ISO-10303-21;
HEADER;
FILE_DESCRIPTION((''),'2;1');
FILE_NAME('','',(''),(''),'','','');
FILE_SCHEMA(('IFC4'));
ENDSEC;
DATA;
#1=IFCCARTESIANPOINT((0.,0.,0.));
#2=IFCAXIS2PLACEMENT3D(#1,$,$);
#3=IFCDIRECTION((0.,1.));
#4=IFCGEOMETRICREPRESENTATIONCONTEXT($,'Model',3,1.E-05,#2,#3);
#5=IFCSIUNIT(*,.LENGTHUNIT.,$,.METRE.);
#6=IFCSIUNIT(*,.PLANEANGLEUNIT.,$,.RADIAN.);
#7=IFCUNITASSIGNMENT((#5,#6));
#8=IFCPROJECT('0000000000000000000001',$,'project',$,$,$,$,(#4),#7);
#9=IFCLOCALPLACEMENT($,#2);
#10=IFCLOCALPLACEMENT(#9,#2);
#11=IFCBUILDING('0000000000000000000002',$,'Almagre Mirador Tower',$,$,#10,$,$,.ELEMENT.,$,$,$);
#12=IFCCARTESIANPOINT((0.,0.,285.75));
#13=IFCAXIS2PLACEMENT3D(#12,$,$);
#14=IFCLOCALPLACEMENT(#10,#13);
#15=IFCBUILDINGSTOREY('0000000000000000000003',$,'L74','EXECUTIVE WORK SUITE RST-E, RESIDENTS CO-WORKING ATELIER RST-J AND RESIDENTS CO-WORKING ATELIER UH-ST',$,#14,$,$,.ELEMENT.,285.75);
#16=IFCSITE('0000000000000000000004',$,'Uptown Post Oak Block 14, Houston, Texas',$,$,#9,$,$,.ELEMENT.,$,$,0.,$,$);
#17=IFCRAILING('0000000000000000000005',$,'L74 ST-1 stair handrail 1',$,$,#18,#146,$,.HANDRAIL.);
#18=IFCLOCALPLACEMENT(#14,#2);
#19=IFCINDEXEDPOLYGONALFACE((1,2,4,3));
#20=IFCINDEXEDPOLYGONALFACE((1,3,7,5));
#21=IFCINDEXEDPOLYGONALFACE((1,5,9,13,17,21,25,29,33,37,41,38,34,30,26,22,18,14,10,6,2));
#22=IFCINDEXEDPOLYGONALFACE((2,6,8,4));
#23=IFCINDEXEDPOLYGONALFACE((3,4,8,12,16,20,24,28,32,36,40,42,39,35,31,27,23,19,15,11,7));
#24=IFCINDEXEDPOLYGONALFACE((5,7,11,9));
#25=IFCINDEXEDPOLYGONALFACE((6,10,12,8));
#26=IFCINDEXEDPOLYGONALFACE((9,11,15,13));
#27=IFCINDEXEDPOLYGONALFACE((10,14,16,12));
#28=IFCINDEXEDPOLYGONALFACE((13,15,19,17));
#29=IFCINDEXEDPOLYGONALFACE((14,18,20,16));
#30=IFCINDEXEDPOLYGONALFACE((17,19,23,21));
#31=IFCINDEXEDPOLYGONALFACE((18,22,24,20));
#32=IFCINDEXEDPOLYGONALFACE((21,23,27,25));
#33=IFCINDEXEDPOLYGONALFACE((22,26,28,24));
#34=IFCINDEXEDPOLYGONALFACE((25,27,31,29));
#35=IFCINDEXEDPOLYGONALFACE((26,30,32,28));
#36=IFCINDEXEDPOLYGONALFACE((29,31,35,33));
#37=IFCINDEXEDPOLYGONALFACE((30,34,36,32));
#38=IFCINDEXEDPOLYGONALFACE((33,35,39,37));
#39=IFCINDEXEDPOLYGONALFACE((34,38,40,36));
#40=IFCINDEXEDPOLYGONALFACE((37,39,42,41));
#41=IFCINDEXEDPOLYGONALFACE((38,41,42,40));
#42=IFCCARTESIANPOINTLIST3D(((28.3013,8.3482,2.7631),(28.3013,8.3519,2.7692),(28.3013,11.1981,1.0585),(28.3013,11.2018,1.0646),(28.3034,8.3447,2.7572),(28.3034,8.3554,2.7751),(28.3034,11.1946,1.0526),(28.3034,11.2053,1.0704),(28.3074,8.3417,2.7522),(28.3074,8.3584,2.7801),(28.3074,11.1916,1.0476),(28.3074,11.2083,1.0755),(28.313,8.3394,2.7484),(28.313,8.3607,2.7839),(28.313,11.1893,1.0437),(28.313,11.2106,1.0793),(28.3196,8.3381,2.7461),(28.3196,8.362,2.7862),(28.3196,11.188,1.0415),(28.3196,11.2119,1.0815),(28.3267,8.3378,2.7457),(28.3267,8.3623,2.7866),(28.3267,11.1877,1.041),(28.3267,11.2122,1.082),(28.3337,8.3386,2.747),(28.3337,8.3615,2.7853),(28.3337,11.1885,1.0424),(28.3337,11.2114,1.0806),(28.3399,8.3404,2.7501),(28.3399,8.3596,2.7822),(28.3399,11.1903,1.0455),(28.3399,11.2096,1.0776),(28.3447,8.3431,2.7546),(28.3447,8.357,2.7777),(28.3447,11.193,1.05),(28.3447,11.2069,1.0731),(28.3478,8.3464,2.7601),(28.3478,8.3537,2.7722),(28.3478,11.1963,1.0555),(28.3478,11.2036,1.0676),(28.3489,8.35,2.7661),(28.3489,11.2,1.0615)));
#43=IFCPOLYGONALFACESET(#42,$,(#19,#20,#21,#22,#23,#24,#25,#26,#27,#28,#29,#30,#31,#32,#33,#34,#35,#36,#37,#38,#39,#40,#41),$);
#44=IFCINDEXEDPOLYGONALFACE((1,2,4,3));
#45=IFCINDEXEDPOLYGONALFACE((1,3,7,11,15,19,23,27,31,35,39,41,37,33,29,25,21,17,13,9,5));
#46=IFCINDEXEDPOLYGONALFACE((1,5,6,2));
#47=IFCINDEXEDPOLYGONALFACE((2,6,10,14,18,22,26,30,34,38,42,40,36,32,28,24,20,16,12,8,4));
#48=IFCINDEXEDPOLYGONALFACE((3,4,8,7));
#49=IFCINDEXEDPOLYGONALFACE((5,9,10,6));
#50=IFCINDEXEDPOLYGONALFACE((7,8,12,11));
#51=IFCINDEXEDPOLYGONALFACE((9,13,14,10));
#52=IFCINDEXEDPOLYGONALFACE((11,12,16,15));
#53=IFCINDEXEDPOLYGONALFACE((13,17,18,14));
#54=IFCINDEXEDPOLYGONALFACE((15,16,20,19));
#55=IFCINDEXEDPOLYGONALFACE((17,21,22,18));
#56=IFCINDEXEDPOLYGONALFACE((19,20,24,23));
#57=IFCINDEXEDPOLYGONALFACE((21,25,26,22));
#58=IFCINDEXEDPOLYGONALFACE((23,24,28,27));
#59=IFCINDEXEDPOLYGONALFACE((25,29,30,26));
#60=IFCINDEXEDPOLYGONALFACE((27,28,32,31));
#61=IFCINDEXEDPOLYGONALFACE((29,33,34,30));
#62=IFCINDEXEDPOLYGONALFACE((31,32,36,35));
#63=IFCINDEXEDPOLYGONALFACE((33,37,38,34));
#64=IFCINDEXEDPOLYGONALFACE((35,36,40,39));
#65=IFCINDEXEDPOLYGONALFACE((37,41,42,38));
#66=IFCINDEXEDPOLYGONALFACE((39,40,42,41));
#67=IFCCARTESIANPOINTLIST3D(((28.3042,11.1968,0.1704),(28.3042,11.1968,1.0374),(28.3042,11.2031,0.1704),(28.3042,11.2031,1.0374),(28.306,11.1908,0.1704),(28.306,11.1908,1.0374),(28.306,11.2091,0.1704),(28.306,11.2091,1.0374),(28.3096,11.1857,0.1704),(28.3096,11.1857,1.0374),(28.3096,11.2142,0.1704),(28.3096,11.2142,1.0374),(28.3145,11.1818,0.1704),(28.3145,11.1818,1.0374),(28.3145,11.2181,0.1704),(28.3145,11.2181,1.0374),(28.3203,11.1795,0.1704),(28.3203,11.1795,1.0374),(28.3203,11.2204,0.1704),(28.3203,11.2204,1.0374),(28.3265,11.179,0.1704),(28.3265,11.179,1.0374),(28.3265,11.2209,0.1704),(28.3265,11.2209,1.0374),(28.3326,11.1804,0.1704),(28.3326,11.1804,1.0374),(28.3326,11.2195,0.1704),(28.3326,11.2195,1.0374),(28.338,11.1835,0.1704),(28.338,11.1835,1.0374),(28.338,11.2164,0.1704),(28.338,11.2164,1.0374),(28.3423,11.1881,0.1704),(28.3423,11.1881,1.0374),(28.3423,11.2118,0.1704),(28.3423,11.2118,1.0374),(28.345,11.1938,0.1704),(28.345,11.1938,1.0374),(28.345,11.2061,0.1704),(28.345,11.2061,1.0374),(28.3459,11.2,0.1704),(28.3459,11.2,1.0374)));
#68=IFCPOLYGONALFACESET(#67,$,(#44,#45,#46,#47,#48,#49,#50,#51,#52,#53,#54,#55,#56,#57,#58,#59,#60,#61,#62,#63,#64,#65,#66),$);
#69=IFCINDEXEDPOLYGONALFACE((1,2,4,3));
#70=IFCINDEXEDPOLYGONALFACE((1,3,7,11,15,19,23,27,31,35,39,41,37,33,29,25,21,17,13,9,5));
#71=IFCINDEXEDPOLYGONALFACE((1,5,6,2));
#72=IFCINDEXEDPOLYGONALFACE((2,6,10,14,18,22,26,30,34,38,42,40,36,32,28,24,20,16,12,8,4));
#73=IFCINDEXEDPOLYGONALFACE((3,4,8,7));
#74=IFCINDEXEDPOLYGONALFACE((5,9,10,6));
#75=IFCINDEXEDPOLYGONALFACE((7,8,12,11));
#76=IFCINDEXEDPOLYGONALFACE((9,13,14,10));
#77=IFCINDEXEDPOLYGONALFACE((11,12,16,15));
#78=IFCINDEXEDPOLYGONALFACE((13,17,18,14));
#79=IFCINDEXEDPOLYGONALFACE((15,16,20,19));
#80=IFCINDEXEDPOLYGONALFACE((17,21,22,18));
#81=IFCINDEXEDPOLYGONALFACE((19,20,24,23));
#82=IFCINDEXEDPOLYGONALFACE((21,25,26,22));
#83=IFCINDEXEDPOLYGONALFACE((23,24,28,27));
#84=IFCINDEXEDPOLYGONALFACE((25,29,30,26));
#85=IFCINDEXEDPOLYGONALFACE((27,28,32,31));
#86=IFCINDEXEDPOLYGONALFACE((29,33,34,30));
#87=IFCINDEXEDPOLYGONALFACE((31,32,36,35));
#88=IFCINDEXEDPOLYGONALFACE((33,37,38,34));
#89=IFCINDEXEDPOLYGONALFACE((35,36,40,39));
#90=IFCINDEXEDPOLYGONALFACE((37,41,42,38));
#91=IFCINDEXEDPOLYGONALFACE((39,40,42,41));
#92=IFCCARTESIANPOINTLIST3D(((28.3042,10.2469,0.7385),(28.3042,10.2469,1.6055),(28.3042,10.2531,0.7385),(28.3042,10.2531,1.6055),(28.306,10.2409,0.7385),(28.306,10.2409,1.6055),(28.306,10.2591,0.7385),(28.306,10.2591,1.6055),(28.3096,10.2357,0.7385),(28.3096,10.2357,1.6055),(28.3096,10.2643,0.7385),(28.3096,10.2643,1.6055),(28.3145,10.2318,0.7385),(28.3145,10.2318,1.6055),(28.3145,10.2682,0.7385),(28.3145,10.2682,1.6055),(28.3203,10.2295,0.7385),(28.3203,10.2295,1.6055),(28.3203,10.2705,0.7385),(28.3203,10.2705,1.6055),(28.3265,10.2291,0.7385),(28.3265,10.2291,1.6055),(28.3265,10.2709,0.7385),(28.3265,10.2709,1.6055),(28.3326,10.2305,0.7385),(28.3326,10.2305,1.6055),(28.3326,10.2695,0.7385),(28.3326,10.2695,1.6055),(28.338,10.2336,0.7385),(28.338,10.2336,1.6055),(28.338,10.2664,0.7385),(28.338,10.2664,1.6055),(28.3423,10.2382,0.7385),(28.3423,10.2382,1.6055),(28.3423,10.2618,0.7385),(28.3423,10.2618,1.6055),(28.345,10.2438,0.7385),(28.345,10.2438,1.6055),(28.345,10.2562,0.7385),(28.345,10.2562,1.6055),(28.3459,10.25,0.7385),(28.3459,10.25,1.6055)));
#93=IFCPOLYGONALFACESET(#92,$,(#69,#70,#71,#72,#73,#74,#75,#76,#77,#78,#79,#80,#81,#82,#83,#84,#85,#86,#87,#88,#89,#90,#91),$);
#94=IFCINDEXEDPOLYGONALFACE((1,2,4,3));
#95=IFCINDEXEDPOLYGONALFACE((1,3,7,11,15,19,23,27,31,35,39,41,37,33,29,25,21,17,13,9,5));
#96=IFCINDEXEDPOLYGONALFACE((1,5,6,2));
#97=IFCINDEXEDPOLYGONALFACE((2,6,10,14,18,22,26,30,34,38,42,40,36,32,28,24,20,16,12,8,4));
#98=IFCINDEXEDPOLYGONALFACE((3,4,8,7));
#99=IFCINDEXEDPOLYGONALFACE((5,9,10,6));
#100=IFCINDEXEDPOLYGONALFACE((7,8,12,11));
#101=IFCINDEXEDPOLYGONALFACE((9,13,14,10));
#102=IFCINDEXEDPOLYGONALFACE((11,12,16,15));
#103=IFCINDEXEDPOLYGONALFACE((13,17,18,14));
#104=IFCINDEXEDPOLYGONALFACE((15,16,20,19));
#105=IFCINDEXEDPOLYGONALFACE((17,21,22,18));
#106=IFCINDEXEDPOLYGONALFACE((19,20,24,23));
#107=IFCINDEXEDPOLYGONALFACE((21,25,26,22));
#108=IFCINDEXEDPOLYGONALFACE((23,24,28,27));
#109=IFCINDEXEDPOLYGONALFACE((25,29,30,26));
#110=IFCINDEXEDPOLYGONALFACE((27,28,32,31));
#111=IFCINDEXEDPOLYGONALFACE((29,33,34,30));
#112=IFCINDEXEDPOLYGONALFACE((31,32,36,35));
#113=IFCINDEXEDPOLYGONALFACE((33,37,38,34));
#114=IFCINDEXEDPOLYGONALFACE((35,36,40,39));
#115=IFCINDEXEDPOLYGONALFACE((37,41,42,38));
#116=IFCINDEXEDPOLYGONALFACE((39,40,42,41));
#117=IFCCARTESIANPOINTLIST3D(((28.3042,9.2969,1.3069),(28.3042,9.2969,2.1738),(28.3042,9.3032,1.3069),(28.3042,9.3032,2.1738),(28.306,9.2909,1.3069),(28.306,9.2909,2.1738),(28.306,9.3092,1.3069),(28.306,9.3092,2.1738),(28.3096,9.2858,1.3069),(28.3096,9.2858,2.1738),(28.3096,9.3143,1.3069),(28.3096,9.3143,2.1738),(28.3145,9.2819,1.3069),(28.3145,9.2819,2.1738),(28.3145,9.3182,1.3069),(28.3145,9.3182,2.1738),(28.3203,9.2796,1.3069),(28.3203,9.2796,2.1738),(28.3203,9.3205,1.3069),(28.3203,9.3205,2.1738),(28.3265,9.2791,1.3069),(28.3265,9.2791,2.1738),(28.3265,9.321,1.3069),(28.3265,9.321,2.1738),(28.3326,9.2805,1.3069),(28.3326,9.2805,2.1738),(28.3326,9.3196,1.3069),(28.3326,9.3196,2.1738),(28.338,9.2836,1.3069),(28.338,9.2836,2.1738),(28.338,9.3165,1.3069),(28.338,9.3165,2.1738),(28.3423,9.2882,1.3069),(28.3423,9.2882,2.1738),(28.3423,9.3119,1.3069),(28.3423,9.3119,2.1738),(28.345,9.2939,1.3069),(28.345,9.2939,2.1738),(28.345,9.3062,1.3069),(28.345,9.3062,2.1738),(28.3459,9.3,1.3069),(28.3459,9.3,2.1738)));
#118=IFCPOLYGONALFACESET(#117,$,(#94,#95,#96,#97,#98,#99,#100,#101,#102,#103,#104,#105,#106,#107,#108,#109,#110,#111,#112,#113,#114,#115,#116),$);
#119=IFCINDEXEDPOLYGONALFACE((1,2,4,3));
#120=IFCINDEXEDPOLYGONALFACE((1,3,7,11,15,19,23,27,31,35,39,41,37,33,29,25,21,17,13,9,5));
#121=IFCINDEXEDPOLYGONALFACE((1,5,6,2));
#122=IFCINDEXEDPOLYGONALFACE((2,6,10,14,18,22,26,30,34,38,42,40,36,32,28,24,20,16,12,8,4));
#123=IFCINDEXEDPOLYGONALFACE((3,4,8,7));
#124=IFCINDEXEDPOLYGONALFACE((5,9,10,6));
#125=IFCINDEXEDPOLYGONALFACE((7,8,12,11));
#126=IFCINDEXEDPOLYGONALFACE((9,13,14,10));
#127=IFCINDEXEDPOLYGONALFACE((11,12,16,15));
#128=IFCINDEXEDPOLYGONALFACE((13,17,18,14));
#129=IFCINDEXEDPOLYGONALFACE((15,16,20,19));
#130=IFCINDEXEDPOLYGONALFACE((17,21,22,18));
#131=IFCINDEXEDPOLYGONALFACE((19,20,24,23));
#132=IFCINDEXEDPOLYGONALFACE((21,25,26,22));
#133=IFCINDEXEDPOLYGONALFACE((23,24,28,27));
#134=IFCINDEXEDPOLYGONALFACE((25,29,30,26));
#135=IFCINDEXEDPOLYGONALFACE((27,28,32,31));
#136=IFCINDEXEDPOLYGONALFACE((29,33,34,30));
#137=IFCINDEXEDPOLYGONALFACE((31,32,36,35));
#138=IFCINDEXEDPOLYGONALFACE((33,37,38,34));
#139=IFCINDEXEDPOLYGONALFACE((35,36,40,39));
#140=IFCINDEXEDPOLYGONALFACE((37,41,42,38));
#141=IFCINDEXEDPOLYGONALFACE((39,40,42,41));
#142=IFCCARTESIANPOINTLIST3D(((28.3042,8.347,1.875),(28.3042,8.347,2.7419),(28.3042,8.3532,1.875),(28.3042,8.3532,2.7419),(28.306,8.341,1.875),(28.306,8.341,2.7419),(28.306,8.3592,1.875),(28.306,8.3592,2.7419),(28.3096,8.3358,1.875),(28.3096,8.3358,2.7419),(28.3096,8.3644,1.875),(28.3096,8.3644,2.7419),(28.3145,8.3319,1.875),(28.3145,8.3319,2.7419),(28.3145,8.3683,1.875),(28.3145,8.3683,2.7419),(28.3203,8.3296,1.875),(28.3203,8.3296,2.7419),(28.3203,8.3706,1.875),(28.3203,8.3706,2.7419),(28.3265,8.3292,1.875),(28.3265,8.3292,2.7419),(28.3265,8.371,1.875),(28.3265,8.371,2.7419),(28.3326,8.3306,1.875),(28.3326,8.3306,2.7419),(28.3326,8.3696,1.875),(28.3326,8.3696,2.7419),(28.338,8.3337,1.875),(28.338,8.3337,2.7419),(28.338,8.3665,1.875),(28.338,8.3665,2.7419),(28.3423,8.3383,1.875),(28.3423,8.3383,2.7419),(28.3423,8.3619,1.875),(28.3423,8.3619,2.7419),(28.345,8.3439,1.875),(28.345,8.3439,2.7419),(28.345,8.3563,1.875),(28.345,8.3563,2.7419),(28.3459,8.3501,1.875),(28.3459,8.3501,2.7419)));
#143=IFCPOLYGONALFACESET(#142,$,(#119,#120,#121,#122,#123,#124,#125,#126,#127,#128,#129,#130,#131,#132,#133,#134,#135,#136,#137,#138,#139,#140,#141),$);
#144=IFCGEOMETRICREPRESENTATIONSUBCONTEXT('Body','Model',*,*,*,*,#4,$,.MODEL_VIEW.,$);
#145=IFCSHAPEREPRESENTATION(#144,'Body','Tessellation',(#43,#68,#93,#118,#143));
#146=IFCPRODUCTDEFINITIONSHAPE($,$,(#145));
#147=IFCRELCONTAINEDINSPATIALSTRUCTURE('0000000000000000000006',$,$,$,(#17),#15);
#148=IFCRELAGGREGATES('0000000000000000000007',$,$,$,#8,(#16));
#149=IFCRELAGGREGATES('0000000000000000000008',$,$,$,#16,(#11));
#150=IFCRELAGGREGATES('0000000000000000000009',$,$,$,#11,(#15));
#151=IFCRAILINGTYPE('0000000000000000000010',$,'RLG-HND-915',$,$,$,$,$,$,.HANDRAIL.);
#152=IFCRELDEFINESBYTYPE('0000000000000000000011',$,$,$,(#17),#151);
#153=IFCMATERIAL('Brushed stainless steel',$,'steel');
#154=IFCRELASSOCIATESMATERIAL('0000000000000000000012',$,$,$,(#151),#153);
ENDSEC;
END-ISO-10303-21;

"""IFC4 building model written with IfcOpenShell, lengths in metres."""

from ifc_helpers import new_model, si_unit, direction, frame, origin, origin_2d, place, context, subcontext, project, spatial, circle, extrude, material, type_object, element, save


model = new_model("IFC4")

# Units and contexts
model_context = context("Model", 3, precision=1e-05, world=origin(), true_north=direction((0.0, 1.0)))
body_context = subcontext(model_context, "Body", "Model", "MODEL_VIEW")
ifc_project = project(units=[si_unit("LENGTHUNIT", "METRE"), si_unit("PLANEANGLEUNIT", "RADIAN")], contexts=[model_context])

# Site, building, storey
site_placement = place(None, origin())
site = spatial("IfcSite", under=ifc_project, at=site_placement, Name="Uptown Post Oak Block 14, Houston, Texas", CompositionType="ELEMENT", RefElevation=0.0)
building_placement = place(site_placement, origin())
building = spatial("IfcBuilding", under=site, at=building_placement, Name="Almagre Mirador Tower", CompositionType="ELEMENT")
storey_placement = place(building_placement, frame((0.0, 0.0, 285.75)))
storey = spatial("IfcBuildingStorey", under=building, at=storey_placement, Name="L74", Description="EXECUTIVE WORK SUITE RST-E, RESIDENTS CO-WORKING ATELIER RST-J AND RESIDENTS CO-WORKING ATELIER UH-ST", CompositionType="ELEMENT", Elevation=285.75)

# Railing
ifc_material_1 = material(Name="Brushed stainless steel", Category="steel")
railing_type_1 = type_object("IfcRailingType", Name="RLG-HND-915", PredefinedType="HANDRAIL", material=ifc_material_1)
railing_1_placement = place(storey_placement, frame((28.325, 11.2, 0.1704)))
element("IfcRailing", 1, at=railing_1_placement, inside=storey, type_object=railing_type_1, Name="L74 ST-1 stair handrail 1", PredefinedType="HANDRAIL", context=body_context, shape_type="SweptSolid", body=[
    extrude(circle(Radius=0.0239, at=origin_2d()), frame((0.0, 0.0, 0.8911), z_axis=(0.0, -0.858199, 0.513317), x_axis=(1.0, 0.0, 0.0)), (0.0, 0.0, 1.0), 3.3208),
    extrude(circle(Radius=0.021, at=origin_2d()), origin(), (0.0, 0.0, 1.0), 0.8669),
    extrude(circle(Radius=0.021, at=origin_2d()), frame((0.0, -0.95, 0.5681)), (0.0, 0.0, 1.0), 0.8669),
    extrude(circle(Radius=0.021, at=origin_2d()), frame((0.0, -1.8999, 1.1365)), (0.0, 0.0, 1.0), 0.8669),
    extrude(circle(Radius=0.021, at=origin_2d()), frame((0.0, -2.8499, 1.7046)), (0.0, 0.0, 1.0), 0.8669),
])

save(model, "model.ifc")
